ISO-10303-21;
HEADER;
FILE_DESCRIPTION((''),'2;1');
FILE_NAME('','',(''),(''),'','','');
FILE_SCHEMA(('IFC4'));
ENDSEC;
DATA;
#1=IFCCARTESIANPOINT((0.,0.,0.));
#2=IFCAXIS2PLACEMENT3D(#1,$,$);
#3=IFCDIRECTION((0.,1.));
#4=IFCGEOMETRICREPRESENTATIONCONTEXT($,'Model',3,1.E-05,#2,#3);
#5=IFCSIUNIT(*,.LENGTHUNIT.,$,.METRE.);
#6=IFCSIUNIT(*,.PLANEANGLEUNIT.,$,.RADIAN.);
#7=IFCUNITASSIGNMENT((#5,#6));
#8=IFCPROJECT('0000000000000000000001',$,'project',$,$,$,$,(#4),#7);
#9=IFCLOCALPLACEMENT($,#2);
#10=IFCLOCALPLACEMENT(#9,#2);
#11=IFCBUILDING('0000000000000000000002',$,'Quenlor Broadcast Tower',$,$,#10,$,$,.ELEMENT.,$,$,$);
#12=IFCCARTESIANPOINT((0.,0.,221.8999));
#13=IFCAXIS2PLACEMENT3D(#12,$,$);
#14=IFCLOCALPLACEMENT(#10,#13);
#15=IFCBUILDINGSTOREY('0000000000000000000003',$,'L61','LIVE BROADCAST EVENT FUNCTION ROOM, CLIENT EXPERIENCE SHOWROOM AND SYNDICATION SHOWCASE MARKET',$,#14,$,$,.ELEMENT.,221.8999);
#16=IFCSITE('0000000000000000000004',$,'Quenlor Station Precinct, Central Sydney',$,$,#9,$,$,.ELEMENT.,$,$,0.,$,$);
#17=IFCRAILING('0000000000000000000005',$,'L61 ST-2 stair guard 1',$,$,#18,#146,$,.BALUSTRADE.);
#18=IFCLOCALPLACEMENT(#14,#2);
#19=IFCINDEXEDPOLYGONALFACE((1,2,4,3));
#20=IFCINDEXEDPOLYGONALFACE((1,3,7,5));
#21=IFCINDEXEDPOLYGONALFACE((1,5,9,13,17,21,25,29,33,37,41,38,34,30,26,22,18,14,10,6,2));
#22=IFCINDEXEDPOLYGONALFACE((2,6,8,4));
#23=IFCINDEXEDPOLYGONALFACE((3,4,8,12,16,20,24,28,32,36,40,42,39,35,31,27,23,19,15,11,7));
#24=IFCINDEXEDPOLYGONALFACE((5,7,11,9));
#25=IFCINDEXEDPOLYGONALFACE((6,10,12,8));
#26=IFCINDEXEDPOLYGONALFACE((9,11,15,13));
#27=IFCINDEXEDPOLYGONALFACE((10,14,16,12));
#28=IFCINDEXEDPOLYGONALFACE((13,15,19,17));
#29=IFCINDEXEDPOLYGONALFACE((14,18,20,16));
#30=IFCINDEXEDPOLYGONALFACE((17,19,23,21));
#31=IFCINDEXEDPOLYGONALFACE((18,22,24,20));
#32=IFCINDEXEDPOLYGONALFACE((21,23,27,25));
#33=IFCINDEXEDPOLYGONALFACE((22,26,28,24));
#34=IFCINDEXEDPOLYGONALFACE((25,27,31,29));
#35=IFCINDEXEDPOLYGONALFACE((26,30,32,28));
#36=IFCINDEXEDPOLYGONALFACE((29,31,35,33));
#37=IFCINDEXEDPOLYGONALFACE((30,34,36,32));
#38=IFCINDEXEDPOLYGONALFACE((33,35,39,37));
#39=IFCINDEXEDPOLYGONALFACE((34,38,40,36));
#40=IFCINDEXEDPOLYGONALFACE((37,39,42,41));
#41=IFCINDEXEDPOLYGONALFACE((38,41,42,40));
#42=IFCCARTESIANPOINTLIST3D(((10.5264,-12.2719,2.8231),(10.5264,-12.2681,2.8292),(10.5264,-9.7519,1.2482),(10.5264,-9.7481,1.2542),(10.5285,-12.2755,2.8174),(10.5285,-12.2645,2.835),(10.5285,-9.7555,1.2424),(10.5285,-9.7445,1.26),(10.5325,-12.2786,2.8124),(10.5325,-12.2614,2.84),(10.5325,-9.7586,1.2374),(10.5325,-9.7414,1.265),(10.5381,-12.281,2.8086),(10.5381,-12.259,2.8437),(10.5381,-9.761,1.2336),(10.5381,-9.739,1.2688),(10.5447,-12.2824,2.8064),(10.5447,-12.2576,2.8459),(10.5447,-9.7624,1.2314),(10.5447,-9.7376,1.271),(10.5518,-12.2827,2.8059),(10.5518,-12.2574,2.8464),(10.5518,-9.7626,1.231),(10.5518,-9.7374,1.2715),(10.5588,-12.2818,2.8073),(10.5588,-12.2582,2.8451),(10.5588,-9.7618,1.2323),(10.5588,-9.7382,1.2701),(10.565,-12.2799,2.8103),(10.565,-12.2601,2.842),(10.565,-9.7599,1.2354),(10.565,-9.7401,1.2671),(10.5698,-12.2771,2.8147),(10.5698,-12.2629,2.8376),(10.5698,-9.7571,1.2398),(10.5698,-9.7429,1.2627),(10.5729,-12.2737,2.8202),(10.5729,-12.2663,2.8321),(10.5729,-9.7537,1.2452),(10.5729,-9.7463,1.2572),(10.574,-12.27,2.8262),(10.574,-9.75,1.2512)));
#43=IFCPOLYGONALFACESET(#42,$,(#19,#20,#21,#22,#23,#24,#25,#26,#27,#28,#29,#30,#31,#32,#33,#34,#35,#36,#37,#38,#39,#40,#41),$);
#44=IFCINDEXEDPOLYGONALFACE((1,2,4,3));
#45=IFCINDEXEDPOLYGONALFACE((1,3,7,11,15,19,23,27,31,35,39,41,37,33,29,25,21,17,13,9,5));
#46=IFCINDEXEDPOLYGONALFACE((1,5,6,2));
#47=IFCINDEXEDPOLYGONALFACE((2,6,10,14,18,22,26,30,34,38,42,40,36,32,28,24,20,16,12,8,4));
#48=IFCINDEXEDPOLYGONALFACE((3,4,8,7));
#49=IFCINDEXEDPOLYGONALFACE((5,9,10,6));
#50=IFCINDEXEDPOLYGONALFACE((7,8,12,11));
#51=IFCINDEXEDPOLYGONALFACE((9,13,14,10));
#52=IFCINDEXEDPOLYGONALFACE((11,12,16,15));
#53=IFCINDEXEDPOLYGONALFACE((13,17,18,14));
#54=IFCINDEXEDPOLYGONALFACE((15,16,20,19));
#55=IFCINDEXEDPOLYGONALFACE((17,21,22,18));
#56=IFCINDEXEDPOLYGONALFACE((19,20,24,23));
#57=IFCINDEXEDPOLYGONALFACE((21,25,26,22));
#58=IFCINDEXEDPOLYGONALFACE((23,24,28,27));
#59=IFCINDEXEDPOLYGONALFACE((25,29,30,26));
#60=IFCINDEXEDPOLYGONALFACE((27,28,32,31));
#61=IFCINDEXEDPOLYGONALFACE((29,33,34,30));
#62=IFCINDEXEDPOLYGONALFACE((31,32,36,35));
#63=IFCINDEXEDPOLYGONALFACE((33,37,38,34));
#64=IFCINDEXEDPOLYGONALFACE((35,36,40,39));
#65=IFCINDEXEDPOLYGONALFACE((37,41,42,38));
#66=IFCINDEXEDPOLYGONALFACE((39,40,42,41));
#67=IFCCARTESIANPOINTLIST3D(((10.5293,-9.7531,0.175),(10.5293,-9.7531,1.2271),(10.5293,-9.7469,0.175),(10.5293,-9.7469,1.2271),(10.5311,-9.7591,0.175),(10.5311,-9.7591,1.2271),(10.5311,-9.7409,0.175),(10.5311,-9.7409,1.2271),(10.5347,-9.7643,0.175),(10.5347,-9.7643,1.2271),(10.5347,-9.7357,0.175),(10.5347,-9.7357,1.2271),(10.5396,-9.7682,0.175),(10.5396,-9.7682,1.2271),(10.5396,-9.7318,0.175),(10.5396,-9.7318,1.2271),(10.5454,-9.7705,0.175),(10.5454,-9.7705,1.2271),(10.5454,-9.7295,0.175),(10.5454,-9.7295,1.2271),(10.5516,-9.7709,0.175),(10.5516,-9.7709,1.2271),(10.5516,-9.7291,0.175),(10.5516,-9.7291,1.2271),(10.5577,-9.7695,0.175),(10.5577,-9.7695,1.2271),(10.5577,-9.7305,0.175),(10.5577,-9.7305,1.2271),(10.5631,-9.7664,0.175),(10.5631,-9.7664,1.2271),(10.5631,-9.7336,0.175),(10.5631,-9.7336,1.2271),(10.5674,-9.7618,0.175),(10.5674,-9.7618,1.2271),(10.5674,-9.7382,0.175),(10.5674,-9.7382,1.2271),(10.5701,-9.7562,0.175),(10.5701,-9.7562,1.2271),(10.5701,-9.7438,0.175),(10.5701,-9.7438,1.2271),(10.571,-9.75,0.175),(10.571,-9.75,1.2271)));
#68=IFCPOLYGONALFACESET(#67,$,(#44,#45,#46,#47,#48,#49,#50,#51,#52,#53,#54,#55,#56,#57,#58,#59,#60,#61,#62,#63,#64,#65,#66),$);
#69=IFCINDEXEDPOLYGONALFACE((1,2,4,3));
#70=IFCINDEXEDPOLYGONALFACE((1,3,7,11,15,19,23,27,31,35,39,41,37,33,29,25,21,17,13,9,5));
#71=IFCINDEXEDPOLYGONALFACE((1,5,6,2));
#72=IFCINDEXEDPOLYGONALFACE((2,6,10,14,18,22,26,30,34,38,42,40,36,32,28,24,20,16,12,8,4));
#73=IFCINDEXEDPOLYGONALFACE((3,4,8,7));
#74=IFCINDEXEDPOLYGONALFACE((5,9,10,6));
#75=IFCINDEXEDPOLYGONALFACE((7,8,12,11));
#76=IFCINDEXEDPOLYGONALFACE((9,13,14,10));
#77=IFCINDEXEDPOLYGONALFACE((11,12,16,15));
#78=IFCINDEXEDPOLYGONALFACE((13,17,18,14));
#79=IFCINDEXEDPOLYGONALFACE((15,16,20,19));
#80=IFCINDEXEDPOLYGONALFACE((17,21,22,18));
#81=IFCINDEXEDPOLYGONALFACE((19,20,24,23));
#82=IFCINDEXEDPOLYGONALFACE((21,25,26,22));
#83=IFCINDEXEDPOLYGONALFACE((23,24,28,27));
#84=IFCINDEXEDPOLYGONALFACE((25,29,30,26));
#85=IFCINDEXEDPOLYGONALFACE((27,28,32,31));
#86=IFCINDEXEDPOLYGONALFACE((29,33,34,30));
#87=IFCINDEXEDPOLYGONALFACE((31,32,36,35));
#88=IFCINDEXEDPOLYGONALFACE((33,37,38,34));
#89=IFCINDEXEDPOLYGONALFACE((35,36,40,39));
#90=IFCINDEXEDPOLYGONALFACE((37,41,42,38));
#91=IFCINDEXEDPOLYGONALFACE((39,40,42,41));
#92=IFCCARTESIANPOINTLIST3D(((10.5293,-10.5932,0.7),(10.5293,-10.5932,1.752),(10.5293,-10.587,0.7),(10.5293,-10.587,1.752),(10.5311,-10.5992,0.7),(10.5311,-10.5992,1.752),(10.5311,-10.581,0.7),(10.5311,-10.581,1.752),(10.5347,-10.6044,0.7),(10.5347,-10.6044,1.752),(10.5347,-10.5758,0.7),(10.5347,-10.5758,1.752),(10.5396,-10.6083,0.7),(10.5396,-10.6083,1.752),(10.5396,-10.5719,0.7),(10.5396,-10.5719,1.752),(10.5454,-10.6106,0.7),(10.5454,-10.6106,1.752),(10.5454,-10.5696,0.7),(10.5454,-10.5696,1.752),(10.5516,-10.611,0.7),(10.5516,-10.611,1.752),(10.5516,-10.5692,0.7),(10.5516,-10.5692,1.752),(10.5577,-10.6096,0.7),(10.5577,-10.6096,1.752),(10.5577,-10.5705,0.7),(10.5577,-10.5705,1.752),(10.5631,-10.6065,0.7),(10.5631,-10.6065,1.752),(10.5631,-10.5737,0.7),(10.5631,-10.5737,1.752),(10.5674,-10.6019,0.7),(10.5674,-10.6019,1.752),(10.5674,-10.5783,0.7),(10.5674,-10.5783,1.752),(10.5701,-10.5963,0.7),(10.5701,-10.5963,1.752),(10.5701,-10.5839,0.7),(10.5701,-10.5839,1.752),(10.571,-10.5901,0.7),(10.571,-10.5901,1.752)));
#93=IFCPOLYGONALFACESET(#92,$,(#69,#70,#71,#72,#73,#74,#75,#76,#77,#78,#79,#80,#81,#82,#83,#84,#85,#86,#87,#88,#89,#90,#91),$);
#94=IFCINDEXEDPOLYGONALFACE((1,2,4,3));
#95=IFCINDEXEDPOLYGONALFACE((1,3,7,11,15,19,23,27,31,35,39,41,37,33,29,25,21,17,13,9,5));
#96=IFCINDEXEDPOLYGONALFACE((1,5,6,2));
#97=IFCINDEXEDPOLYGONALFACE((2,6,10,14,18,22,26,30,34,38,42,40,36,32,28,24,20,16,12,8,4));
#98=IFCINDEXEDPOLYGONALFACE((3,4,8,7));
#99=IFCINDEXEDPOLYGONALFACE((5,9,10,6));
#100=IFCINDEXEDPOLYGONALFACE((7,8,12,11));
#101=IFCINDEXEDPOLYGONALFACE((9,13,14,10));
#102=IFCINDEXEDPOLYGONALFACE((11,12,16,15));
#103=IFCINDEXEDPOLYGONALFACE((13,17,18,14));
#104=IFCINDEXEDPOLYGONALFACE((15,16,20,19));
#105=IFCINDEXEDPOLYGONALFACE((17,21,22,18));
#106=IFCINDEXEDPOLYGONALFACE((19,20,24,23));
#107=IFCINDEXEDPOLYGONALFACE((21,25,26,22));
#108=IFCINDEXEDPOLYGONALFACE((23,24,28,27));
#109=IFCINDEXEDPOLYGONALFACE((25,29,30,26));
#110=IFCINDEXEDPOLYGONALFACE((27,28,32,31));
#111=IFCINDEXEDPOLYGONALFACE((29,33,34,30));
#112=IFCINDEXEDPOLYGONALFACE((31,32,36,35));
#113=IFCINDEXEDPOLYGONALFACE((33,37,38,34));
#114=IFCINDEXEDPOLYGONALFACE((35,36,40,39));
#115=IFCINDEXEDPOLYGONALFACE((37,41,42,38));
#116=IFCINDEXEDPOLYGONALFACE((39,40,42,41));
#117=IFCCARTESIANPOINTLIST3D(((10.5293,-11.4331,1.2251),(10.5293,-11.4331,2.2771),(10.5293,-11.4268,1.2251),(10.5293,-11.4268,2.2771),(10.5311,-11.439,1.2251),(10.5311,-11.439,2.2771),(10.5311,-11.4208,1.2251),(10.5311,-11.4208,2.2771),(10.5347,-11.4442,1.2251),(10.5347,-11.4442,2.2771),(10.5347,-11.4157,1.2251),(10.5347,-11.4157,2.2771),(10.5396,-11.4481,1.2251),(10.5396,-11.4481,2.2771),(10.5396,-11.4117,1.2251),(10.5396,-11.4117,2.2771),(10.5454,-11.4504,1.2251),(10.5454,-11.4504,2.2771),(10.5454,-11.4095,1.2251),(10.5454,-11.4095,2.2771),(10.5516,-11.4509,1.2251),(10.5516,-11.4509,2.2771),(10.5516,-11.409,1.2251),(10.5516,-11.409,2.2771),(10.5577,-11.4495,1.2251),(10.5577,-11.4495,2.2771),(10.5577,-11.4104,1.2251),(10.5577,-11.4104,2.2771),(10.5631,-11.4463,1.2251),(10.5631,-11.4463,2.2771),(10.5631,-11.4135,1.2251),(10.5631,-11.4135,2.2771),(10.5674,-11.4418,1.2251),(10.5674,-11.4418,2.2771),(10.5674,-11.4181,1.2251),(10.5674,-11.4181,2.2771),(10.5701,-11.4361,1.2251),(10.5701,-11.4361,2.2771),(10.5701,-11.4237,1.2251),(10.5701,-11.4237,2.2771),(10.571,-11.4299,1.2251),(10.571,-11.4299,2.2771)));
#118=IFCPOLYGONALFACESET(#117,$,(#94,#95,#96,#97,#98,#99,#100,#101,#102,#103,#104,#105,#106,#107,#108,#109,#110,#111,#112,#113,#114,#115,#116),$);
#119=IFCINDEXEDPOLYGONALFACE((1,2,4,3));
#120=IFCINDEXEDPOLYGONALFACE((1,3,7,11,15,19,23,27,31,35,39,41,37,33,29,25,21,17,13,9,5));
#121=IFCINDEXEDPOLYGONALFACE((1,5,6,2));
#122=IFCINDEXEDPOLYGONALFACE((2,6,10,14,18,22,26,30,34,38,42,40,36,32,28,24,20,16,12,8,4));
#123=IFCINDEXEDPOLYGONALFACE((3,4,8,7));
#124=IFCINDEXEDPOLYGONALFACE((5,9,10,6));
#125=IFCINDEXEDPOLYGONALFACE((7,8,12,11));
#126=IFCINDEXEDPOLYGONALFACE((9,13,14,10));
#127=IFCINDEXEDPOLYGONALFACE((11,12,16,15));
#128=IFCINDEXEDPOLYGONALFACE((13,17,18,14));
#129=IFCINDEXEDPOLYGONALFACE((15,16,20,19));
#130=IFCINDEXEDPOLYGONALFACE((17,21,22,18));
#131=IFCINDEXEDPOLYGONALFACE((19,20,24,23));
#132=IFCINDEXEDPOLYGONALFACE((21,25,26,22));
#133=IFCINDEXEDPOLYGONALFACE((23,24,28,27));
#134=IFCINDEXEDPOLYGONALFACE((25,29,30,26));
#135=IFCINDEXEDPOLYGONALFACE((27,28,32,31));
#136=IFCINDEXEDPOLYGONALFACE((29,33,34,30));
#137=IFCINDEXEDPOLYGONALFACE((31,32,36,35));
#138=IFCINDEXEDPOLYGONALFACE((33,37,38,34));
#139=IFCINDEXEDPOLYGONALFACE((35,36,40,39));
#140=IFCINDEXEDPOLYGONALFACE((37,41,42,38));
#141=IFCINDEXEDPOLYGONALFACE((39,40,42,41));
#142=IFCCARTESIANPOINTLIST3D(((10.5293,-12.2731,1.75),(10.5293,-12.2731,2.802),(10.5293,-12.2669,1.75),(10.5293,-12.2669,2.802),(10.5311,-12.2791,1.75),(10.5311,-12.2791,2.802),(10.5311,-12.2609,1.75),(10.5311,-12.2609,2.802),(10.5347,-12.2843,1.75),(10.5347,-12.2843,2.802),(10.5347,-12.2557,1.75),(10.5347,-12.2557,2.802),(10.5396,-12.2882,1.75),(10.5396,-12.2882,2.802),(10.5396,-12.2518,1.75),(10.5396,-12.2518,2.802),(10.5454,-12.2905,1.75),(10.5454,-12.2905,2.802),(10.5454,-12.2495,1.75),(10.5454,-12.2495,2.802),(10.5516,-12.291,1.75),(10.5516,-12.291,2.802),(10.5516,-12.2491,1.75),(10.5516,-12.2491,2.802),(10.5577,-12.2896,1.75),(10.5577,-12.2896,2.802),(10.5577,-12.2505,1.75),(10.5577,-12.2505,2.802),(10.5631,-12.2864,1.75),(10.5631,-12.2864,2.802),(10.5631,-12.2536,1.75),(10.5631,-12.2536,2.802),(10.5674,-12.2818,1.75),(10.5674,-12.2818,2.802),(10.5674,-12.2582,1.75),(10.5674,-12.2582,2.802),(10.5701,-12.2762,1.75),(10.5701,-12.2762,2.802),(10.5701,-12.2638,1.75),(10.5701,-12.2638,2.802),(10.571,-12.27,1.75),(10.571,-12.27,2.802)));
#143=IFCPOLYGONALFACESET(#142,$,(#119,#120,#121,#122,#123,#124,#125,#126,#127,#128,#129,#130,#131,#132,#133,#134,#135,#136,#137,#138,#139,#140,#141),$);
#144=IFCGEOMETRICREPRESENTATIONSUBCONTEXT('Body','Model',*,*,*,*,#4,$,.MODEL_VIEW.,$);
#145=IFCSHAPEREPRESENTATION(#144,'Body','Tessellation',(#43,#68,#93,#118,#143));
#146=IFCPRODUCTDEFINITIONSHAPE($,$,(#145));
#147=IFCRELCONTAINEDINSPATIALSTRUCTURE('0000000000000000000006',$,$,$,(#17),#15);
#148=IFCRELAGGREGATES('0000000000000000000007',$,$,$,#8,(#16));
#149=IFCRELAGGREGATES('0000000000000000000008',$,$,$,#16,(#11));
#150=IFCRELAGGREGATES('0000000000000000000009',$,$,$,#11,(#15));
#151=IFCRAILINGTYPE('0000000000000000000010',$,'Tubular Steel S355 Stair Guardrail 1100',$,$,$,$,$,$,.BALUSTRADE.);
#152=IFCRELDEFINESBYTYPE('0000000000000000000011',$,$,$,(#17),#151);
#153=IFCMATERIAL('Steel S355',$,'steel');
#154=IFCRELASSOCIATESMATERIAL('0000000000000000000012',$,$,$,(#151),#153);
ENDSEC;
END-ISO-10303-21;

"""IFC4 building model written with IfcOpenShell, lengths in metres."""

from ifc_helpers import new_model, si_unit, direction, frame, origin, origin_2d, place, context, subcontext, project, spatial, circle, extrude, material, type_object, element, save


model = new_model("IFC4")

# Units and contexts
model_context = context("Model", 3, precision=1e-05, world=origin(), true_north=direction((0.0, 1.0)))
body_context = subcontext(model_context, "Body", "Model", "MODEL_VIEW")
ifc_project = project(units=[si_unit("LENGTHUNIT", "METRE"), si_unit("PLANEANGLEUNIT", "RADIAN")], contexts=[model_context])

# Site, building, storey
site_placement = place(None, origin())
site = spatial("IfcSite", under=ifc_project, at=site_placement, Name="Quenlor Station Precinct, Central Sydney", CompositionType="ELEMENT", RefElevation=0.0)
building_placement = place(site_placement, origin())
building = spatial("IfcBuilding", under=site, at=building_placement, Name="Quenlor Broadcast Tower", CompositionType="ELEMENT")
storey_placement = place(building_placement, frame((0.0, 0.0, 221.8999)))
storey = spatial("IfcBuildingStorey", under=building, at=storey_placement, Name="L61", Description="LIVE BROADCAST EVENT FUNCTION ROOM, CLIENT EXPERIENCE SHOWROOM AND SYNDICATION SHOWCASE MARKET", CompositionType="ELEMENT", Elevation=221.8999)

# Railing
ifc_material_1 = material(Name="Steel S355", Category="steel")
railing_type_1 = type_object("IfcRailingType", Name="Tubular Steel S355 Stair Guardrail 1100", PredefinedType="BALUSTRADE", material=ifc_material_1)
railing_1_placement = place(storey_placement, frame((10.55, -9.75, 0.175)))
element("IfcRailing", 1, at=railing_1_placement, inside=storey, type_object=railing_type_1, Name="L61 ST-2 stair guard 1", PredefinedType="BALUSTRADE", context=body_context, shape_type="SweptSolid", body=[
    extrude(circle(Radius=0.0239, at=origin_2d()), frame((0.0, 0.0, 1.0762), z_axis=(0.0, -0.848008, 0.529984), x_axis=(1.0, 0.0, 0.0)), (0.0, 0.0, 1.0), 2.9717),
    extrude(circle(Radius=0.021, at=origin_2d()), origin(), (0.0, 0.0, 1.0), 1.052),
    extrude(circle(Radius=0.021, at=origin_2d()), frame((0.0, -0.8401, 0.5249)), (0.0, 0.0, 1.0), 1.052),
    extrude(circle(Radius=0.021, at=origin_2d()), frame((0.0, -1.6799, 1.05)), (0.0, 0.0, 1.0), 1.052),
    extrude(circle(Radius=0.021, at=origin_2d()), frame((0.0, -2.52, 1.575)), (0.0, 0.0, 1.0), 1.052),
])

save(model, "model.ifc")
